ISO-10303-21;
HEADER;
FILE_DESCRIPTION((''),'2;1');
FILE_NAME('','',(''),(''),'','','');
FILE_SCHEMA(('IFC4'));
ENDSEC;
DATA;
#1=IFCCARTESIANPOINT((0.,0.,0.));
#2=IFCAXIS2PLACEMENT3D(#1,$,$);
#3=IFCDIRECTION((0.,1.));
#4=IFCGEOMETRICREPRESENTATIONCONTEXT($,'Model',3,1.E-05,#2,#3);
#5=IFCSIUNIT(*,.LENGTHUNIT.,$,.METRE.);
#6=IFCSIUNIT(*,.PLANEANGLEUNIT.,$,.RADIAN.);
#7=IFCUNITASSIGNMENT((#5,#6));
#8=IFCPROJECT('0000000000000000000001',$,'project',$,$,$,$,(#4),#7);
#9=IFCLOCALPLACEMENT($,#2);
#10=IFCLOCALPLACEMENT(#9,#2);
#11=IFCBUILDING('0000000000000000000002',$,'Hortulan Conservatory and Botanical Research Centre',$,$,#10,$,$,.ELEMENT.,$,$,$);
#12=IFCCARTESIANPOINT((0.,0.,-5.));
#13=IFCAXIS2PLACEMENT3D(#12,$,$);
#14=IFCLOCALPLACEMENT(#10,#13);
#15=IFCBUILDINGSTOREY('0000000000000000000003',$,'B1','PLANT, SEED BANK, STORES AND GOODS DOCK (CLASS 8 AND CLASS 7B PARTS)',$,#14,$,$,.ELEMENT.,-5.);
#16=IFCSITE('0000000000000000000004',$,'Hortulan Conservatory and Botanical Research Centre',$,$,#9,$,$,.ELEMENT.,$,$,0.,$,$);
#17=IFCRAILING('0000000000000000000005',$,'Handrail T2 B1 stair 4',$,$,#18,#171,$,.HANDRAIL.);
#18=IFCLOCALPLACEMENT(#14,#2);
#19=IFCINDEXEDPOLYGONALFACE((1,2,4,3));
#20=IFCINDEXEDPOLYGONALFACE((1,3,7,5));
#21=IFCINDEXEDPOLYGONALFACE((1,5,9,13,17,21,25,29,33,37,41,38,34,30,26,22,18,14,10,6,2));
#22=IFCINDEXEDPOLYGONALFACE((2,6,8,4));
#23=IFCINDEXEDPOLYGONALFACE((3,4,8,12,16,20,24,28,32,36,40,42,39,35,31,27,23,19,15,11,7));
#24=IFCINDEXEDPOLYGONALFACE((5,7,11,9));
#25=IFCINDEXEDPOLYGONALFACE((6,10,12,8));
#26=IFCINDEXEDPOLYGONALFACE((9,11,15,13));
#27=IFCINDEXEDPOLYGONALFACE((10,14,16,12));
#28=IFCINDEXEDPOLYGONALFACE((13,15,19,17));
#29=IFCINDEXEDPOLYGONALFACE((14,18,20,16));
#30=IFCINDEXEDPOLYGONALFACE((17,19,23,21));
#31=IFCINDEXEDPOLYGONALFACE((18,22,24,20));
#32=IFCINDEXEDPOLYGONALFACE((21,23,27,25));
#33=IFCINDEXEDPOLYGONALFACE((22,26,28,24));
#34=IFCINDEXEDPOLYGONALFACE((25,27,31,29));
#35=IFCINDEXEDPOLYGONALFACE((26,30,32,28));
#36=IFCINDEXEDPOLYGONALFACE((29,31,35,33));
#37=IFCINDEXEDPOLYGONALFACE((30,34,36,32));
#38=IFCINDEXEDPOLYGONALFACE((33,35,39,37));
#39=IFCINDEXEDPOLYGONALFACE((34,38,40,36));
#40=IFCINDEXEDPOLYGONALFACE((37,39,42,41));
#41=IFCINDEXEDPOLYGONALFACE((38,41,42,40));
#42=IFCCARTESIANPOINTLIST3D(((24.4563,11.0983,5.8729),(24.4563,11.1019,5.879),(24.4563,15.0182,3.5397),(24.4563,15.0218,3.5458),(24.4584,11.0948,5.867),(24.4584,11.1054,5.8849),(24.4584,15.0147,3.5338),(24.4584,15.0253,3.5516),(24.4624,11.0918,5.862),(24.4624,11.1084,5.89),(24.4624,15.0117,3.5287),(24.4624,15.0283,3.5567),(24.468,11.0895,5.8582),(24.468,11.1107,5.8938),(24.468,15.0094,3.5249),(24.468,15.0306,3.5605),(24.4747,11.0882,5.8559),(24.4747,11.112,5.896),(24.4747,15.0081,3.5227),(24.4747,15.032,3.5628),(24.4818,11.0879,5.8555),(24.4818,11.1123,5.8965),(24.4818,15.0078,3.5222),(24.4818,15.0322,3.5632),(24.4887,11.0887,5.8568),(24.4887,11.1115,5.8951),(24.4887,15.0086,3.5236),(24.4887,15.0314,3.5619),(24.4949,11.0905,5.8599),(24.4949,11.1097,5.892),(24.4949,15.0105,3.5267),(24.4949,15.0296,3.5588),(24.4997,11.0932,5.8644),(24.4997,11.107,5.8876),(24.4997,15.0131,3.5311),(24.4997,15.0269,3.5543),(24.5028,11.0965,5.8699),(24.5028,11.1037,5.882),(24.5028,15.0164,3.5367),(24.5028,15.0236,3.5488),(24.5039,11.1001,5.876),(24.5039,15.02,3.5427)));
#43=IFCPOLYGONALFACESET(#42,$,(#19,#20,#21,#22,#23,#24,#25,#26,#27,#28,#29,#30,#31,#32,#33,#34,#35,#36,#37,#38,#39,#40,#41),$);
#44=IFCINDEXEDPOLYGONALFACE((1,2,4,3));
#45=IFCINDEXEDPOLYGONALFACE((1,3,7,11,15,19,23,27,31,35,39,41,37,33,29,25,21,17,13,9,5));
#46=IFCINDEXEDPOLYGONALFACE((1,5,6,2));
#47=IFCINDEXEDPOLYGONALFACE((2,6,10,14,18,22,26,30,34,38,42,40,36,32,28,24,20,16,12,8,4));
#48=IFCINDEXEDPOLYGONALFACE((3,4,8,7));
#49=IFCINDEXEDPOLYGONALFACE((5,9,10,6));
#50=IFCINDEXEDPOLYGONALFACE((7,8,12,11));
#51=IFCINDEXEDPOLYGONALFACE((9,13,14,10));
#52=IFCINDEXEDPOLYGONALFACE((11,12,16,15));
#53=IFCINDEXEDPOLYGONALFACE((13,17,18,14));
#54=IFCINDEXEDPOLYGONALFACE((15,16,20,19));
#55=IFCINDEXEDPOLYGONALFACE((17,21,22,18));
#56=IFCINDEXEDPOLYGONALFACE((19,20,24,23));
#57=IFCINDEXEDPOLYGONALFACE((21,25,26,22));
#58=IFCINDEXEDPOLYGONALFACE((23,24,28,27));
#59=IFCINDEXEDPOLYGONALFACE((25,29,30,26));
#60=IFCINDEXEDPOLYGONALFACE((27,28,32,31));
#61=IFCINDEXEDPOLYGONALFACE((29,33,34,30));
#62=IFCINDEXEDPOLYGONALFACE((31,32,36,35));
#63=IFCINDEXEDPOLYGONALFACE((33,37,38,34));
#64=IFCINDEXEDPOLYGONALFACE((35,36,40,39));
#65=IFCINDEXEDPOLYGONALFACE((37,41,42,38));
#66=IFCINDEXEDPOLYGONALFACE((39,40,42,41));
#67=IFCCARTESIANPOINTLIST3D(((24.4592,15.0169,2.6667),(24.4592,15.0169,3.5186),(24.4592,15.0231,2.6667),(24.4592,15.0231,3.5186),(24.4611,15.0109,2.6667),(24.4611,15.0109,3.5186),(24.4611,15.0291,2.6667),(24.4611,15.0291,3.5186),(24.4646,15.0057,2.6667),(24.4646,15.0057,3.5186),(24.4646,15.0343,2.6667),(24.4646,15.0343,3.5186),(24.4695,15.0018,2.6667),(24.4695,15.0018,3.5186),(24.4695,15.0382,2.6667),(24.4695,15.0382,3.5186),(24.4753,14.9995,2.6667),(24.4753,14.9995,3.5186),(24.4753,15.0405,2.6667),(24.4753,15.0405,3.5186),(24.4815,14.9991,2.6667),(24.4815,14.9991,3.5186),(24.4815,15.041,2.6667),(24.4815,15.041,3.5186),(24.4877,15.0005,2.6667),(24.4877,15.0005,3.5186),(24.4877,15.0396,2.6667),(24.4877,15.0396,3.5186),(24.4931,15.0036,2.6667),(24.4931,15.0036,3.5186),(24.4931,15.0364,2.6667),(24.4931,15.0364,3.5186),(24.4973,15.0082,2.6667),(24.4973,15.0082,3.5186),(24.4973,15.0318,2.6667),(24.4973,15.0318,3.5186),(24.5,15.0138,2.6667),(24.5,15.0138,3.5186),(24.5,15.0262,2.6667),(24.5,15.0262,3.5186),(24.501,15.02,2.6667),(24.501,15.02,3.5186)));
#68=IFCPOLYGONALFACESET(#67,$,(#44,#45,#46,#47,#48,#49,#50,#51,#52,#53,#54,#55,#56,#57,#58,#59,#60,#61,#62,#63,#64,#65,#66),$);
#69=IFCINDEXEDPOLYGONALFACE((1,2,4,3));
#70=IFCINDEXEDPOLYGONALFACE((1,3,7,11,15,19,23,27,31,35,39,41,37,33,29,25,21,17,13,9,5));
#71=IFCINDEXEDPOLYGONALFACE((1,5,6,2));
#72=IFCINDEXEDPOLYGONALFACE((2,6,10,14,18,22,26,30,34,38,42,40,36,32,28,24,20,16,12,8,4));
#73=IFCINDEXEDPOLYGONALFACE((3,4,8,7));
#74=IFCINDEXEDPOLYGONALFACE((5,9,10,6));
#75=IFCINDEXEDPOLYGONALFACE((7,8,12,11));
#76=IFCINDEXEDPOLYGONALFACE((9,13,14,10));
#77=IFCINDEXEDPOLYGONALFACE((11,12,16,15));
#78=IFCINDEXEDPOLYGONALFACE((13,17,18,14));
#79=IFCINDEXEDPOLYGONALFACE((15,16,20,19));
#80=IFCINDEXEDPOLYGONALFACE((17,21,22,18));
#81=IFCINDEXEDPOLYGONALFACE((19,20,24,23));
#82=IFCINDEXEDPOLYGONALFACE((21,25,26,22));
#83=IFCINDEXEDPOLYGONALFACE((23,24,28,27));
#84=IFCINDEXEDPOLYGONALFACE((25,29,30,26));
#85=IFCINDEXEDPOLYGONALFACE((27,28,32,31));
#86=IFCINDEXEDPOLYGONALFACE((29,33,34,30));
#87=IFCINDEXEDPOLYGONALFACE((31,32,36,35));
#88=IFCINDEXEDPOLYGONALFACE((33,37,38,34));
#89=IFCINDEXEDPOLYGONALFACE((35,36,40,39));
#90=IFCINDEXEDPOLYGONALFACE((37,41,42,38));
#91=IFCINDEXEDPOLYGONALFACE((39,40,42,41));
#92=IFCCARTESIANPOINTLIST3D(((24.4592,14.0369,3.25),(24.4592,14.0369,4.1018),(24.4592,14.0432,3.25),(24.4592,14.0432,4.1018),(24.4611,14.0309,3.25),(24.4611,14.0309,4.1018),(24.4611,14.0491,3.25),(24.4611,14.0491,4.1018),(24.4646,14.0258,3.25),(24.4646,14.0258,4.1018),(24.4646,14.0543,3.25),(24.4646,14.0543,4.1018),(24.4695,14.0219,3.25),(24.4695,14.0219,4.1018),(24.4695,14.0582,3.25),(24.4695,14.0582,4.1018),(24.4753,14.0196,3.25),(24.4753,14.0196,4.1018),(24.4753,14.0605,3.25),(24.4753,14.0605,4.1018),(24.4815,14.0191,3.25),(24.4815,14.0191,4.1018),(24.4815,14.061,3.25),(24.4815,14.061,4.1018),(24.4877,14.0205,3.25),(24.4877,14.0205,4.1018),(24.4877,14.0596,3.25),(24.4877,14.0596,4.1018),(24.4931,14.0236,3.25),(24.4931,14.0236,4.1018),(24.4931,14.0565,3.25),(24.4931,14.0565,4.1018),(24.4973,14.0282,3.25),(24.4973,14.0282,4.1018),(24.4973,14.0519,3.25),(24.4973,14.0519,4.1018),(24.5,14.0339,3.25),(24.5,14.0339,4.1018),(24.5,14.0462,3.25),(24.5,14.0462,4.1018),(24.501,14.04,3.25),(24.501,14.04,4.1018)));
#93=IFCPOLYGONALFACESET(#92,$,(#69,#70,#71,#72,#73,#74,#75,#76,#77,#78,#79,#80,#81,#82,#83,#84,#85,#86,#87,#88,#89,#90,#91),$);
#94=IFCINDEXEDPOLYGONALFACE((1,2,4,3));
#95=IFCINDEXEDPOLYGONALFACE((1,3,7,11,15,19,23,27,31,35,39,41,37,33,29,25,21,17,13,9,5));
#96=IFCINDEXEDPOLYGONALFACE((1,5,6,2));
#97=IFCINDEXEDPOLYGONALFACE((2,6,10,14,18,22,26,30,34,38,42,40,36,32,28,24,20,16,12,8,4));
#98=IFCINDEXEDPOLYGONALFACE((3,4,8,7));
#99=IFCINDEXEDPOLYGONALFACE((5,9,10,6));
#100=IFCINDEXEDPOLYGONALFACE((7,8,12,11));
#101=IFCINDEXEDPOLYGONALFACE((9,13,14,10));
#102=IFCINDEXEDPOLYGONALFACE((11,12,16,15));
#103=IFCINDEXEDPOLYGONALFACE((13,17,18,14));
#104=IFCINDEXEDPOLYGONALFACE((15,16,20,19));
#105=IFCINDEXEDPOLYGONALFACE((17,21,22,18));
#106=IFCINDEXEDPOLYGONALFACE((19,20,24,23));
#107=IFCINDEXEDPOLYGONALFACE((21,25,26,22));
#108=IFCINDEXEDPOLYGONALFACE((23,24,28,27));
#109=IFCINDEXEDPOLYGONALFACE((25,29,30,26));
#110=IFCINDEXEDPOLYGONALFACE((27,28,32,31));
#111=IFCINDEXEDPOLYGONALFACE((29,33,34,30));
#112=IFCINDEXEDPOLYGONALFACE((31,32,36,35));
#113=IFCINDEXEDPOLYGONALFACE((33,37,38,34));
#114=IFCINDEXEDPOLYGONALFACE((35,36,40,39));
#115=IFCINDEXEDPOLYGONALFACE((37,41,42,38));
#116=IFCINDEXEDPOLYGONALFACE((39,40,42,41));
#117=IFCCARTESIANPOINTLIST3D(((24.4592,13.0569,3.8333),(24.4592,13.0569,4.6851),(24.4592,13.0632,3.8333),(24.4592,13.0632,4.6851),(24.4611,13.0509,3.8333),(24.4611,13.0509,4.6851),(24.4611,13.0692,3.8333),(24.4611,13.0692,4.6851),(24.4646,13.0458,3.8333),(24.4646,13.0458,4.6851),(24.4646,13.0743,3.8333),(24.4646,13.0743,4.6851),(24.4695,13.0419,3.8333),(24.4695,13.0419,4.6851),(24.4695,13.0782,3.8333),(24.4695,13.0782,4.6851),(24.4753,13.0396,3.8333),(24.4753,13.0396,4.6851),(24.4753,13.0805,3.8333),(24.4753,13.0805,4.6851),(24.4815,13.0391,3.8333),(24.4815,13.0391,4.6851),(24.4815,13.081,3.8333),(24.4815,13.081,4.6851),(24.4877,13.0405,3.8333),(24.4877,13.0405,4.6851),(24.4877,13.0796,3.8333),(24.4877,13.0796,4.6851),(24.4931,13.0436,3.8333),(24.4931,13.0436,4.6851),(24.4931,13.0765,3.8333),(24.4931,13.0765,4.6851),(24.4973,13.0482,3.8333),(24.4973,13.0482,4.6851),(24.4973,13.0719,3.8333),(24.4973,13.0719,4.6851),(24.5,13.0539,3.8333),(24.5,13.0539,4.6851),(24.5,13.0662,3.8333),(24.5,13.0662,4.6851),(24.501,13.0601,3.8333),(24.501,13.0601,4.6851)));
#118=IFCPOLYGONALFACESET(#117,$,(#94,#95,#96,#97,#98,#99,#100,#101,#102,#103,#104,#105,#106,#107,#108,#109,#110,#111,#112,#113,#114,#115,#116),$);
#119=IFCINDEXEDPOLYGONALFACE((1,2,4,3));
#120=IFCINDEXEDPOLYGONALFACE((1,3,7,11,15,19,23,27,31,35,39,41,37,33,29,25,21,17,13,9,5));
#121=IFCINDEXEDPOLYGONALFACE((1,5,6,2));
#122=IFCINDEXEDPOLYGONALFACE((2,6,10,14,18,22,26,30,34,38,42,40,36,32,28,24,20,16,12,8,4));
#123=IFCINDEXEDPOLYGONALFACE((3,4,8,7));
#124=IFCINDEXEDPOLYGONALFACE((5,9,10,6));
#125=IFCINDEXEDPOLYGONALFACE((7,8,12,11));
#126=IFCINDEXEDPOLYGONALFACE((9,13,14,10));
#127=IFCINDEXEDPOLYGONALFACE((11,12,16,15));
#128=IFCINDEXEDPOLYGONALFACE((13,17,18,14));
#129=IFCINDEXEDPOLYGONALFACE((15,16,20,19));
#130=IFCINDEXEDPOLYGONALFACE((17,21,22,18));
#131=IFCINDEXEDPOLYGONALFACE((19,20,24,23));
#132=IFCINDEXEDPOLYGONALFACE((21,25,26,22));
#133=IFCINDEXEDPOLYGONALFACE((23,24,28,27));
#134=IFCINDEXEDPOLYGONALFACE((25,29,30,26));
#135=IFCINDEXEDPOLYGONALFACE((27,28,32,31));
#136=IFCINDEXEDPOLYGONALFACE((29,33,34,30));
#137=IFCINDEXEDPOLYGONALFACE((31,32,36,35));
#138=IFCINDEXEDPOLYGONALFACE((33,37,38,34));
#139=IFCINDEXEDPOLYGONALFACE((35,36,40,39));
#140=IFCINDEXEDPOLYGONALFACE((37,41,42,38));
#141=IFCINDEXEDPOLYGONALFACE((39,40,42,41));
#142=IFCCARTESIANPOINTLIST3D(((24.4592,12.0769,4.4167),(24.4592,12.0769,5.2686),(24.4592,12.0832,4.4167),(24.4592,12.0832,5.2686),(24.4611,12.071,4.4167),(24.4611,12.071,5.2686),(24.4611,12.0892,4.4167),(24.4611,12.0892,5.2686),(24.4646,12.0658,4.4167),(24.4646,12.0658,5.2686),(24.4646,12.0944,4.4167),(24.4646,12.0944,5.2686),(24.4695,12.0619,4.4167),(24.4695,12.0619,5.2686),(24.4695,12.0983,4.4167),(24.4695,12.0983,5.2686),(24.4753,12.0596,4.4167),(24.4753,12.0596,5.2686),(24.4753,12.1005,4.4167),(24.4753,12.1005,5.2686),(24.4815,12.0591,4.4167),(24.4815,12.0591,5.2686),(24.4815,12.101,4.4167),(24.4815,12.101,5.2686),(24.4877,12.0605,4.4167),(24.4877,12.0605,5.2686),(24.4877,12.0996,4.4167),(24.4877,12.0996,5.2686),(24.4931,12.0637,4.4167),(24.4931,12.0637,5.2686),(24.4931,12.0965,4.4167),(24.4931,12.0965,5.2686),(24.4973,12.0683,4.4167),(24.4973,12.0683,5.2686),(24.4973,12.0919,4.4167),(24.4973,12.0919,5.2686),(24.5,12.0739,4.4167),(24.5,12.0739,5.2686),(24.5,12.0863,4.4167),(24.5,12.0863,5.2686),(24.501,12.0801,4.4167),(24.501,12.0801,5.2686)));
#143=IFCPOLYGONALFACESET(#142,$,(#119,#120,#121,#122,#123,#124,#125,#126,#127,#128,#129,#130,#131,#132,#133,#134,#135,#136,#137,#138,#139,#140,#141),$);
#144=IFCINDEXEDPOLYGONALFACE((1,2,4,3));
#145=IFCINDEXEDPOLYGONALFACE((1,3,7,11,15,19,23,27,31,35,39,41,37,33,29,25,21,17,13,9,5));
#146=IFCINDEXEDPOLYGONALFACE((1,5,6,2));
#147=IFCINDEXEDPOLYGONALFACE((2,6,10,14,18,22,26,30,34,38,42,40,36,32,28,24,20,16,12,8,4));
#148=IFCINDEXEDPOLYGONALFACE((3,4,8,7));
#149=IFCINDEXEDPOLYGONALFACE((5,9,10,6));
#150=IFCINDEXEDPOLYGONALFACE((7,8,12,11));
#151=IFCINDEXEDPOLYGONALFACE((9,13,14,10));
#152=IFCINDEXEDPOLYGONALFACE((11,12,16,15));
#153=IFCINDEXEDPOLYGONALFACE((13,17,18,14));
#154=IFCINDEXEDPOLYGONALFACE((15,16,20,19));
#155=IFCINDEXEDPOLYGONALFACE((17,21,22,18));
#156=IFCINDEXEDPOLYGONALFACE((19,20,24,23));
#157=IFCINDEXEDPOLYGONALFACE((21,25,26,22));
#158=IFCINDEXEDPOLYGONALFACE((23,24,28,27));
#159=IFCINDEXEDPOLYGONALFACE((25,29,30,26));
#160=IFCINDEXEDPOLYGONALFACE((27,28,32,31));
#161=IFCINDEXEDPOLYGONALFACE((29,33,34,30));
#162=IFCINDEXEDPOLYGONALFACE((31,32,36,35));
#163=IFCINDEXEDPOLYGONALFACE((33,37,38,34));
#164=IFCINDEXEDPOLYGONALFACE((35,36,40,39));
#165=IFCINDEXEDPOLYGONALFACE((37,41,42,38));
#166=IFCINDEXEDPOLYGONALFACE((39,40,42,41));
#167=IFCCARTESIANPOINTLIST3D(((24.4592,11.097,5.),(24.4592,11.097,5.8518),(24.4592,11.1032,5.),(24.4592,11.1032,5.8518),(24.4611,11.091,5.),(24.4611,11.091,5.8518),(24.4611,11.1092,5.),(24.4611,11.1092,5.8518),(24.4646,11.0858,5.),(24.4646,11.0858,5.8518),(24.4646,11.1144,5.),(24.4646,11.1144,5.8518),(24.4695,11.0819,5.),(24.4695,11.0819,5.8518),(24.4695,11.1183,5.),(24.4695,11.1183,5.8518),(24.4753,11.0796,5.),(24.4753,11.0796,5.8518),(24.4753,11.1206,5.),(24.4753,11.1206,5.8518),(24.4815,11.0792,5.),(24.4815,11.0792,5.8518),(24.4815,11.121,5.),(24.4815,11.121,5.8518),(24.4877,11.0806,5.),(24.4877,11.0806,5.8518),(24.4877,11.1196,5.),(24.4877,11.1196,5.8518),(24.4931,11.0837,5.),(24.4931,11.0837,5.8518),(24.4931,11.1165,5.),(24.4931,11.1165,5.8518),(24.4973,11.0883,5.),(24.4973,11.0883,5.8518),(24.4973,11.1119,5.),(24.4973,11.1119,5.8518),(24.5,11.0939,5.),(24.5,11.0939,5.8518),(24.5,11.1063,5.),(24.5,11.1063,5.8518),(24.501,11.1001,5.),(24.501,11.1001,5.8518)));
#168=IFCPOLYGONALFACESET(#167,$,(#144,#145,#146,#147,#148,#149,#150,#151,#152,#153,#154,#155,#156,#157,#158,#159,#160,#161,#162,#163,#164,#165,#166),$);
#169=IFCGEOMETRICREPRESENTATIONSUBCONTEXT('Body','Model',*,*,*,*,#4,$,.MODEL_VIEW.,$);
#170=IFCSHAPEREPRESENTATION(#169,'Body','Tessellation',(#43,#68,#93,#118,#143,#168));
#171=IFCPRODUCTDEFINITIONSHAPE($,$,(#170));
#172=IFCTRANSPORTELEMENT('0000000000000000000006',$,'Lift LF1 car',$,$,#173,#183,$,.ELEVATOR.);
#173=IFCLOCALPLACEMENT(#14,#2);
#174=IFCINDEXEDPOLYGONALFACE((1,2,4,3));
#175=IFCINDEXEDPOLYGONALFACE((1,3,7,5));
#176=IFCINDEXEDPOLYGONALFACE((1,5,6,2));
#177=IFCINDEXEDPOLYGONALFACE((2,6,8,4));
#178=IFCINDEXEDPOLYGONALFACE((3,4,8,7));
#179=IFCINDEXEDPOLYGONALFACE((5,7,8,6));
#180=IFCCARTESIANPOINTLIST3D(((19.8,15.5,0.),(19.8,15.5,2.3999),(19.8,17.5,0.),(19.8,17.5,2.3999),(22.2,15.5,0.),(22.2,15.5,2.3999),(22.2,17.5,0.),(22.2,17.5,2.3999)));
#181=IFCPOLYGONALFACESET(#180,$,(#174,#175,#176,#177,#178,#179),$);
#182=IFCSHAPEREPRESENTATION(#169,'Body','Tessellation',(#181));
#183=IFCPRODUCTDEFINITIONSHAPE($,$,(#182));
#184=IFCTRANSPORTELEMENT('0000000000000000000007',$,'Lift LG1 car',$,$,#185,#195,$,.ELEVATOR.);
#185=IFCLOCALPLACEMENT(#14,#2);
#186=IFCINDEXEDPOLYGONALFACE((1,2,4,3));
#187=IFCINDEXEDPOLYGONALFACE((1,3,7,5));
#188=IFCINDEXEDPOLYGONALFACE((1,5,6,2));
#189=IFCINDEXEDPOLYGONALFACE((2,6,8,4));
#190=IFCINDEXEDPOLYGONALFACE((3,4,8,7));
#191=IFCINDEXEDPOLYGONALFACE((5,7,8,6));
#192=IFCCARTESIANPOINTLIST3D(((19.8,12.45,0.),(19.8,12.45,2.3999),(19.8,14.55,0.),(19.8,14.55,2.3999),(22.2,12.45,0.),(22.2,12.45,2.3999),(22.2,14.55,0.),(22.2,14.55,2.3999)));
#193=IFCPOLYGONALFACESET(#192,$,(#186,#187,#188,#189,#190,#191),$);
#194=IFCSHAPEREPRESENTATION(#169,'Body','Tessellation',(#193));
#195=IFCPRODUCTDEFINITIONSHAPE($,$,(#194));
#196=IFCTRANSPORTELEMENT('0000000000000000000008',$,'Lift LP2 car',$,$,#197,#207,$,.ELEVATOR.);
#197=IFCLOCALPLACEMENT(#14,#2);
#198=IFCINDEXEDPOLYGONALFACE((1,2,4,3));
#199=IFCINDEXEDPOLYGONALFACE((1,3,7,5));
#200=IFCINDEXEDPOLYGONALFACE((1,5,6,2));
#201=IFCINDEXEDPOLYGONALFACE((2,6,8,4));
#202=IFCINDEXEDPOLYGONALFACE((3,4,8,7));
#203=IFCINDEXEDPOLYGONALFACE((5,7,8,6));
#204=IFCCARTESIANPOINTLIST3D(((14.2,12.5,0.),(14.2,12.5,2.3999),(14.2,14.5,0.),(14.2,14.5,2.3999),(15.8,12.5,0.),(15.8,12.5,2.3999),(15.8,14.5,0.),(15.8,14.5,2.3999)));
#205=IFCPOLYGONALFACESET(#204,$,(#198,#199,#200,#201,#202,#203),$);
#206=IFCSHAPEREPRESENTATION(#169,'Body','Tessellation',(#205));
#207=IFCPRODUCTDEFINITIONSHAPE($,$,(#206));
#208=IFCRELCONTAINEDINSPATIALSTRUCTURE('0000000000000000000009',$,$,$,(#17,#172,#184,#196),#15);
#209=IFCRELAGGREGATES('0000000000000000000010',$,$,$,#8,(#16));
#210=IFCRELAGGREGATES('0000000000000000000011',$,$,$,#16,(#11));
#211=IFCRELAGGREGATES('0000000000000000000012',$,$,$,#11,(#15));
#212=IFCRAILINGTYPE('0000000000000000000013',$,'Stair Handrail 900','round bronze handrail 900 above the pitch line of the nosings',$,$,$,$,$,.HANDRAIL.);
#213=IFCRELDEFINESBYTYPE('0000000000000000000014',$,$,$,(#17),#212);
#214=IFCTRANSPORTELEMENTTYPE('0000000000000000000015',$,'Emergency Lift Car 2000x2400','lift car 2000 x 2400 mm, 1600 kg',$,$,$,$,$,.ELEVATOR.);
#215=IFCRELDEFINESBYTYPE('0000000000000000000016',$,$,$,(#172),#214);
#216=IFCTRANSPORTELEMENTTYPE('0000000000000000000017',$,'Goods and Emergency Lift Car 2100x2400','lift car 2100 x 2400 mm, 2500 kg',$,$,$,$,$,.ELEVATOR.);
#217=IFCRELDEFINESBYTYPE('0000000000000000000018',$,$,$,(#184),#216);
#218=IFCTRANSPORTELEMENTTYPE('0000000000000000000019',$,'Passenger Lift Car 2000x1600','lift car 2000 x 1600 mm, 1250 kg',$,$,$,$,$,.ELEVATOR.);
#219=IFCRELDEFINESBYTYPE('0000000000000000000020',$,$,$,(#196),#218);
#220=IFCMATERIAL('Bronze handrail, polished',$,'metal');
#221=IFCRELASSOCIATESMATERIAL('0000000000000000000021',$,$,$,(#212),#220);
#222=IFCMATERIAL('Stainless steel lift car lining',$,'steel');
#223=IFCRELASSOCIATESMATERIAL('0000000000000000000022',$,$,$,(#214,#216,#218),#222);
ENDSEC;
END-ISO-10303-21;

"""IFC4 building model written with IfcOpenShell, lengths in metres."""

from ifc_helpers import new_model, si_unit, direction, frame, origin, origin_2d, place, context, subcontext, project, spatial, rectangle, circle, extrude, material, type_object, element, save


model = new_model("IFC4")

# Units and contexts
model_context = context("Model", 3, precision=1e-05, world=origin(), true_north=direction((0.0, 1.0)))
body_context = subcontext(model_context, "Body", "Model", "MODEL_VIEW")
ifc_project = project(units=[si_unit("LENGTHUNIT", "METRE"), si_unit("PLANEANGLEUNIT", "RADIAN")], contexts=[model_context])

# Site, building, storey
site_placement = place(None, origin())
site = spatial("IfcSite", under=ifc_project, at=site_placement, Name="Hortulan Conservatory and Botanical Research Centre", CompositionType="ELEMENT", RefElevation=0.0)
building_placement = place(site_placement, origin())
building = spatial("IfcBuilding", under=site, at=building_placement, Name="Hortulan Conservatory and Botanical Research Centre", CompositionType="ELEMENT")
storey_placement = place(building_placement, frame((0.0, 0.0, -5.0)))
storey = spatial("IfcBuildingStorey", under=building, at=storey_placement, Name="B1", Description="PLANT, SEED BANK, STORES AND GOODS DOCK (CLASS 8 AND CLASS 7B PARTS)", CompositionType="ELEMENT", Elevation=-5.0)

# Railing
ifc_material_1 = material(Name="Bronze handrail, polished", Category="metal")
railing_type_1 = type_object("IfcRailingType", Name="Stair Handrail 900", Description="round bronze handrail 900 above the pitch line of the nosings", PredefinedType="HANDRAIL", material=ifc_material_1)
for number, where, name in (
    (1, (24.48, 15.02, 2.6667), "Handrail T2 B1 stair 4"),
):
    element("IfcRailing", number, at=place(storey_placement, frame(where)), inside=storey, type_object=railing_type_1, Name=name, PredefinedType="HANDRAIL", context=body_context, shape_type="SweptSolid", body=[
        extrude(circle(Radius=0.0239, at=origin_2d()), frame((0.0, 0.0, 0.876), z_axis=(0.0, -0.859296, 0.511478), x_axis=(1.0, 0.0, 0.0)), (0.0, 0.0, 1.0), 4.5618),
        extrude(circle(Radius=0.021, at=origin_2d()), origin(), (0.0, 0.0, 1.0), 0.8518),
        extrude(circle(Radius=0.021, at=origin_2d()), frame((0.0, -0.98, 0.5833)), (0.0, 0.0, 1.0), 0.8518),
        extrude(circle(Radius=0.021, at=origin_2d()), frame((0.0, -1.96, 1.1665)), (0.0, 0.0, 1.0), 0.8518),
        extrude(circle(Radius=0.021, at=origin_2d()), frame((0.0, -2.9399, 1.75)), (0.0, 0.0, 1.0), 0.8518),
        extrude(circle(Radius=0.021, at=origin_2d()), frame((0.0, -3.9199, 2.3333)), (0.0, 0.0, 1.0), 0.8518),
    ])

# Transport elements
ifc_material_2 = material(Name="Stainless steel lift car lining", Category="steel")
transport_element_type_1 = type_object("IfcTransportElementType", Name="Emergency Lift Car 2000x2400", Description="lift car 2000 x 2400 mm, 1600 kg", PredefinedType="ELEVATOR", material=ifc_material_2)
transport_element_1_placement = place(storey_placement, frame((21.0, 16.5, 0.0), z_axis=(0.0, 0.0, 1.0), x_axis=(1.0, 0.0, 0.0)))
element("IfcTransportElement", 2, at=transport_element_1_placement, inside=storey, type_object=transport_element_type_1, Name="Lift LF1 car", PredefinedType="ELEVATOR", context=body_context, shape_type="SweptSolid", body=[
    extrude(rectangle(XDim=2.3999, YDim=2.0, at=origin_2d()), origin(), (0.0, 0.0, 1.0), 2.3999),
])
transport_element_type_2 = type_object("IfcTransportElementType", Name="Goods and Emergency Lift Car 2100x2400", Description="lift car 2100 x 2400 mm, 2500 kg", PredefinedType="ELEVATOR", material=ifc_material_2)
transport_element_2_placement = place(storey_placement, frame((21.0, 13.5, 0.0), z_axis=(0.0, 0.0, 1.0), x_axis=(1.0, 0.0, 0.0)))
element("IfcTransportElement", 3, at=transport_element_2_placement, inside=storey, type_object=transport_element_type_2, Name="Lift LG1 car", PredefinedType="ELEVATOR", context=body_context, shape_type="SweptSolid", body=[
    extrude(rectangle(XDim=2.3999, YDim=2.1001, at=origin_2d()), origin(), (0.0, 0.0, 1.0), 2.3999),
])
transport_element_type_3 = type_object("IfcTransportElementType", Name="Passenger Lift Car 2000x1600", Description="lift car 2000 x 1600 mm, 1250 kg", PredefinedType="ELEVATOR", material=ifc_material_2)
transport_element_3_placement = place(storey_placement, frame((15.0, 13.5, 0.0), z_axis=(0.0, 0.0, 1.0), x_axis=(1.0, 0.0, 0.0)))
element("IfcTransportElement", 4, at=transport_element_3_placement, inside=storey, type_object=transport_element_type_3, Name="Lift LP2 car", PredefinedType="ELEVATOR", context=body_context, shape_type="SweptSolid", body=[
    extrude(rectangle(XDim=1.6001, YDim=2.0, at=origin_2d()), origin(), (0.0, 0.0, 1.0), 2.3999),
])

save(model, "model.ifc")
